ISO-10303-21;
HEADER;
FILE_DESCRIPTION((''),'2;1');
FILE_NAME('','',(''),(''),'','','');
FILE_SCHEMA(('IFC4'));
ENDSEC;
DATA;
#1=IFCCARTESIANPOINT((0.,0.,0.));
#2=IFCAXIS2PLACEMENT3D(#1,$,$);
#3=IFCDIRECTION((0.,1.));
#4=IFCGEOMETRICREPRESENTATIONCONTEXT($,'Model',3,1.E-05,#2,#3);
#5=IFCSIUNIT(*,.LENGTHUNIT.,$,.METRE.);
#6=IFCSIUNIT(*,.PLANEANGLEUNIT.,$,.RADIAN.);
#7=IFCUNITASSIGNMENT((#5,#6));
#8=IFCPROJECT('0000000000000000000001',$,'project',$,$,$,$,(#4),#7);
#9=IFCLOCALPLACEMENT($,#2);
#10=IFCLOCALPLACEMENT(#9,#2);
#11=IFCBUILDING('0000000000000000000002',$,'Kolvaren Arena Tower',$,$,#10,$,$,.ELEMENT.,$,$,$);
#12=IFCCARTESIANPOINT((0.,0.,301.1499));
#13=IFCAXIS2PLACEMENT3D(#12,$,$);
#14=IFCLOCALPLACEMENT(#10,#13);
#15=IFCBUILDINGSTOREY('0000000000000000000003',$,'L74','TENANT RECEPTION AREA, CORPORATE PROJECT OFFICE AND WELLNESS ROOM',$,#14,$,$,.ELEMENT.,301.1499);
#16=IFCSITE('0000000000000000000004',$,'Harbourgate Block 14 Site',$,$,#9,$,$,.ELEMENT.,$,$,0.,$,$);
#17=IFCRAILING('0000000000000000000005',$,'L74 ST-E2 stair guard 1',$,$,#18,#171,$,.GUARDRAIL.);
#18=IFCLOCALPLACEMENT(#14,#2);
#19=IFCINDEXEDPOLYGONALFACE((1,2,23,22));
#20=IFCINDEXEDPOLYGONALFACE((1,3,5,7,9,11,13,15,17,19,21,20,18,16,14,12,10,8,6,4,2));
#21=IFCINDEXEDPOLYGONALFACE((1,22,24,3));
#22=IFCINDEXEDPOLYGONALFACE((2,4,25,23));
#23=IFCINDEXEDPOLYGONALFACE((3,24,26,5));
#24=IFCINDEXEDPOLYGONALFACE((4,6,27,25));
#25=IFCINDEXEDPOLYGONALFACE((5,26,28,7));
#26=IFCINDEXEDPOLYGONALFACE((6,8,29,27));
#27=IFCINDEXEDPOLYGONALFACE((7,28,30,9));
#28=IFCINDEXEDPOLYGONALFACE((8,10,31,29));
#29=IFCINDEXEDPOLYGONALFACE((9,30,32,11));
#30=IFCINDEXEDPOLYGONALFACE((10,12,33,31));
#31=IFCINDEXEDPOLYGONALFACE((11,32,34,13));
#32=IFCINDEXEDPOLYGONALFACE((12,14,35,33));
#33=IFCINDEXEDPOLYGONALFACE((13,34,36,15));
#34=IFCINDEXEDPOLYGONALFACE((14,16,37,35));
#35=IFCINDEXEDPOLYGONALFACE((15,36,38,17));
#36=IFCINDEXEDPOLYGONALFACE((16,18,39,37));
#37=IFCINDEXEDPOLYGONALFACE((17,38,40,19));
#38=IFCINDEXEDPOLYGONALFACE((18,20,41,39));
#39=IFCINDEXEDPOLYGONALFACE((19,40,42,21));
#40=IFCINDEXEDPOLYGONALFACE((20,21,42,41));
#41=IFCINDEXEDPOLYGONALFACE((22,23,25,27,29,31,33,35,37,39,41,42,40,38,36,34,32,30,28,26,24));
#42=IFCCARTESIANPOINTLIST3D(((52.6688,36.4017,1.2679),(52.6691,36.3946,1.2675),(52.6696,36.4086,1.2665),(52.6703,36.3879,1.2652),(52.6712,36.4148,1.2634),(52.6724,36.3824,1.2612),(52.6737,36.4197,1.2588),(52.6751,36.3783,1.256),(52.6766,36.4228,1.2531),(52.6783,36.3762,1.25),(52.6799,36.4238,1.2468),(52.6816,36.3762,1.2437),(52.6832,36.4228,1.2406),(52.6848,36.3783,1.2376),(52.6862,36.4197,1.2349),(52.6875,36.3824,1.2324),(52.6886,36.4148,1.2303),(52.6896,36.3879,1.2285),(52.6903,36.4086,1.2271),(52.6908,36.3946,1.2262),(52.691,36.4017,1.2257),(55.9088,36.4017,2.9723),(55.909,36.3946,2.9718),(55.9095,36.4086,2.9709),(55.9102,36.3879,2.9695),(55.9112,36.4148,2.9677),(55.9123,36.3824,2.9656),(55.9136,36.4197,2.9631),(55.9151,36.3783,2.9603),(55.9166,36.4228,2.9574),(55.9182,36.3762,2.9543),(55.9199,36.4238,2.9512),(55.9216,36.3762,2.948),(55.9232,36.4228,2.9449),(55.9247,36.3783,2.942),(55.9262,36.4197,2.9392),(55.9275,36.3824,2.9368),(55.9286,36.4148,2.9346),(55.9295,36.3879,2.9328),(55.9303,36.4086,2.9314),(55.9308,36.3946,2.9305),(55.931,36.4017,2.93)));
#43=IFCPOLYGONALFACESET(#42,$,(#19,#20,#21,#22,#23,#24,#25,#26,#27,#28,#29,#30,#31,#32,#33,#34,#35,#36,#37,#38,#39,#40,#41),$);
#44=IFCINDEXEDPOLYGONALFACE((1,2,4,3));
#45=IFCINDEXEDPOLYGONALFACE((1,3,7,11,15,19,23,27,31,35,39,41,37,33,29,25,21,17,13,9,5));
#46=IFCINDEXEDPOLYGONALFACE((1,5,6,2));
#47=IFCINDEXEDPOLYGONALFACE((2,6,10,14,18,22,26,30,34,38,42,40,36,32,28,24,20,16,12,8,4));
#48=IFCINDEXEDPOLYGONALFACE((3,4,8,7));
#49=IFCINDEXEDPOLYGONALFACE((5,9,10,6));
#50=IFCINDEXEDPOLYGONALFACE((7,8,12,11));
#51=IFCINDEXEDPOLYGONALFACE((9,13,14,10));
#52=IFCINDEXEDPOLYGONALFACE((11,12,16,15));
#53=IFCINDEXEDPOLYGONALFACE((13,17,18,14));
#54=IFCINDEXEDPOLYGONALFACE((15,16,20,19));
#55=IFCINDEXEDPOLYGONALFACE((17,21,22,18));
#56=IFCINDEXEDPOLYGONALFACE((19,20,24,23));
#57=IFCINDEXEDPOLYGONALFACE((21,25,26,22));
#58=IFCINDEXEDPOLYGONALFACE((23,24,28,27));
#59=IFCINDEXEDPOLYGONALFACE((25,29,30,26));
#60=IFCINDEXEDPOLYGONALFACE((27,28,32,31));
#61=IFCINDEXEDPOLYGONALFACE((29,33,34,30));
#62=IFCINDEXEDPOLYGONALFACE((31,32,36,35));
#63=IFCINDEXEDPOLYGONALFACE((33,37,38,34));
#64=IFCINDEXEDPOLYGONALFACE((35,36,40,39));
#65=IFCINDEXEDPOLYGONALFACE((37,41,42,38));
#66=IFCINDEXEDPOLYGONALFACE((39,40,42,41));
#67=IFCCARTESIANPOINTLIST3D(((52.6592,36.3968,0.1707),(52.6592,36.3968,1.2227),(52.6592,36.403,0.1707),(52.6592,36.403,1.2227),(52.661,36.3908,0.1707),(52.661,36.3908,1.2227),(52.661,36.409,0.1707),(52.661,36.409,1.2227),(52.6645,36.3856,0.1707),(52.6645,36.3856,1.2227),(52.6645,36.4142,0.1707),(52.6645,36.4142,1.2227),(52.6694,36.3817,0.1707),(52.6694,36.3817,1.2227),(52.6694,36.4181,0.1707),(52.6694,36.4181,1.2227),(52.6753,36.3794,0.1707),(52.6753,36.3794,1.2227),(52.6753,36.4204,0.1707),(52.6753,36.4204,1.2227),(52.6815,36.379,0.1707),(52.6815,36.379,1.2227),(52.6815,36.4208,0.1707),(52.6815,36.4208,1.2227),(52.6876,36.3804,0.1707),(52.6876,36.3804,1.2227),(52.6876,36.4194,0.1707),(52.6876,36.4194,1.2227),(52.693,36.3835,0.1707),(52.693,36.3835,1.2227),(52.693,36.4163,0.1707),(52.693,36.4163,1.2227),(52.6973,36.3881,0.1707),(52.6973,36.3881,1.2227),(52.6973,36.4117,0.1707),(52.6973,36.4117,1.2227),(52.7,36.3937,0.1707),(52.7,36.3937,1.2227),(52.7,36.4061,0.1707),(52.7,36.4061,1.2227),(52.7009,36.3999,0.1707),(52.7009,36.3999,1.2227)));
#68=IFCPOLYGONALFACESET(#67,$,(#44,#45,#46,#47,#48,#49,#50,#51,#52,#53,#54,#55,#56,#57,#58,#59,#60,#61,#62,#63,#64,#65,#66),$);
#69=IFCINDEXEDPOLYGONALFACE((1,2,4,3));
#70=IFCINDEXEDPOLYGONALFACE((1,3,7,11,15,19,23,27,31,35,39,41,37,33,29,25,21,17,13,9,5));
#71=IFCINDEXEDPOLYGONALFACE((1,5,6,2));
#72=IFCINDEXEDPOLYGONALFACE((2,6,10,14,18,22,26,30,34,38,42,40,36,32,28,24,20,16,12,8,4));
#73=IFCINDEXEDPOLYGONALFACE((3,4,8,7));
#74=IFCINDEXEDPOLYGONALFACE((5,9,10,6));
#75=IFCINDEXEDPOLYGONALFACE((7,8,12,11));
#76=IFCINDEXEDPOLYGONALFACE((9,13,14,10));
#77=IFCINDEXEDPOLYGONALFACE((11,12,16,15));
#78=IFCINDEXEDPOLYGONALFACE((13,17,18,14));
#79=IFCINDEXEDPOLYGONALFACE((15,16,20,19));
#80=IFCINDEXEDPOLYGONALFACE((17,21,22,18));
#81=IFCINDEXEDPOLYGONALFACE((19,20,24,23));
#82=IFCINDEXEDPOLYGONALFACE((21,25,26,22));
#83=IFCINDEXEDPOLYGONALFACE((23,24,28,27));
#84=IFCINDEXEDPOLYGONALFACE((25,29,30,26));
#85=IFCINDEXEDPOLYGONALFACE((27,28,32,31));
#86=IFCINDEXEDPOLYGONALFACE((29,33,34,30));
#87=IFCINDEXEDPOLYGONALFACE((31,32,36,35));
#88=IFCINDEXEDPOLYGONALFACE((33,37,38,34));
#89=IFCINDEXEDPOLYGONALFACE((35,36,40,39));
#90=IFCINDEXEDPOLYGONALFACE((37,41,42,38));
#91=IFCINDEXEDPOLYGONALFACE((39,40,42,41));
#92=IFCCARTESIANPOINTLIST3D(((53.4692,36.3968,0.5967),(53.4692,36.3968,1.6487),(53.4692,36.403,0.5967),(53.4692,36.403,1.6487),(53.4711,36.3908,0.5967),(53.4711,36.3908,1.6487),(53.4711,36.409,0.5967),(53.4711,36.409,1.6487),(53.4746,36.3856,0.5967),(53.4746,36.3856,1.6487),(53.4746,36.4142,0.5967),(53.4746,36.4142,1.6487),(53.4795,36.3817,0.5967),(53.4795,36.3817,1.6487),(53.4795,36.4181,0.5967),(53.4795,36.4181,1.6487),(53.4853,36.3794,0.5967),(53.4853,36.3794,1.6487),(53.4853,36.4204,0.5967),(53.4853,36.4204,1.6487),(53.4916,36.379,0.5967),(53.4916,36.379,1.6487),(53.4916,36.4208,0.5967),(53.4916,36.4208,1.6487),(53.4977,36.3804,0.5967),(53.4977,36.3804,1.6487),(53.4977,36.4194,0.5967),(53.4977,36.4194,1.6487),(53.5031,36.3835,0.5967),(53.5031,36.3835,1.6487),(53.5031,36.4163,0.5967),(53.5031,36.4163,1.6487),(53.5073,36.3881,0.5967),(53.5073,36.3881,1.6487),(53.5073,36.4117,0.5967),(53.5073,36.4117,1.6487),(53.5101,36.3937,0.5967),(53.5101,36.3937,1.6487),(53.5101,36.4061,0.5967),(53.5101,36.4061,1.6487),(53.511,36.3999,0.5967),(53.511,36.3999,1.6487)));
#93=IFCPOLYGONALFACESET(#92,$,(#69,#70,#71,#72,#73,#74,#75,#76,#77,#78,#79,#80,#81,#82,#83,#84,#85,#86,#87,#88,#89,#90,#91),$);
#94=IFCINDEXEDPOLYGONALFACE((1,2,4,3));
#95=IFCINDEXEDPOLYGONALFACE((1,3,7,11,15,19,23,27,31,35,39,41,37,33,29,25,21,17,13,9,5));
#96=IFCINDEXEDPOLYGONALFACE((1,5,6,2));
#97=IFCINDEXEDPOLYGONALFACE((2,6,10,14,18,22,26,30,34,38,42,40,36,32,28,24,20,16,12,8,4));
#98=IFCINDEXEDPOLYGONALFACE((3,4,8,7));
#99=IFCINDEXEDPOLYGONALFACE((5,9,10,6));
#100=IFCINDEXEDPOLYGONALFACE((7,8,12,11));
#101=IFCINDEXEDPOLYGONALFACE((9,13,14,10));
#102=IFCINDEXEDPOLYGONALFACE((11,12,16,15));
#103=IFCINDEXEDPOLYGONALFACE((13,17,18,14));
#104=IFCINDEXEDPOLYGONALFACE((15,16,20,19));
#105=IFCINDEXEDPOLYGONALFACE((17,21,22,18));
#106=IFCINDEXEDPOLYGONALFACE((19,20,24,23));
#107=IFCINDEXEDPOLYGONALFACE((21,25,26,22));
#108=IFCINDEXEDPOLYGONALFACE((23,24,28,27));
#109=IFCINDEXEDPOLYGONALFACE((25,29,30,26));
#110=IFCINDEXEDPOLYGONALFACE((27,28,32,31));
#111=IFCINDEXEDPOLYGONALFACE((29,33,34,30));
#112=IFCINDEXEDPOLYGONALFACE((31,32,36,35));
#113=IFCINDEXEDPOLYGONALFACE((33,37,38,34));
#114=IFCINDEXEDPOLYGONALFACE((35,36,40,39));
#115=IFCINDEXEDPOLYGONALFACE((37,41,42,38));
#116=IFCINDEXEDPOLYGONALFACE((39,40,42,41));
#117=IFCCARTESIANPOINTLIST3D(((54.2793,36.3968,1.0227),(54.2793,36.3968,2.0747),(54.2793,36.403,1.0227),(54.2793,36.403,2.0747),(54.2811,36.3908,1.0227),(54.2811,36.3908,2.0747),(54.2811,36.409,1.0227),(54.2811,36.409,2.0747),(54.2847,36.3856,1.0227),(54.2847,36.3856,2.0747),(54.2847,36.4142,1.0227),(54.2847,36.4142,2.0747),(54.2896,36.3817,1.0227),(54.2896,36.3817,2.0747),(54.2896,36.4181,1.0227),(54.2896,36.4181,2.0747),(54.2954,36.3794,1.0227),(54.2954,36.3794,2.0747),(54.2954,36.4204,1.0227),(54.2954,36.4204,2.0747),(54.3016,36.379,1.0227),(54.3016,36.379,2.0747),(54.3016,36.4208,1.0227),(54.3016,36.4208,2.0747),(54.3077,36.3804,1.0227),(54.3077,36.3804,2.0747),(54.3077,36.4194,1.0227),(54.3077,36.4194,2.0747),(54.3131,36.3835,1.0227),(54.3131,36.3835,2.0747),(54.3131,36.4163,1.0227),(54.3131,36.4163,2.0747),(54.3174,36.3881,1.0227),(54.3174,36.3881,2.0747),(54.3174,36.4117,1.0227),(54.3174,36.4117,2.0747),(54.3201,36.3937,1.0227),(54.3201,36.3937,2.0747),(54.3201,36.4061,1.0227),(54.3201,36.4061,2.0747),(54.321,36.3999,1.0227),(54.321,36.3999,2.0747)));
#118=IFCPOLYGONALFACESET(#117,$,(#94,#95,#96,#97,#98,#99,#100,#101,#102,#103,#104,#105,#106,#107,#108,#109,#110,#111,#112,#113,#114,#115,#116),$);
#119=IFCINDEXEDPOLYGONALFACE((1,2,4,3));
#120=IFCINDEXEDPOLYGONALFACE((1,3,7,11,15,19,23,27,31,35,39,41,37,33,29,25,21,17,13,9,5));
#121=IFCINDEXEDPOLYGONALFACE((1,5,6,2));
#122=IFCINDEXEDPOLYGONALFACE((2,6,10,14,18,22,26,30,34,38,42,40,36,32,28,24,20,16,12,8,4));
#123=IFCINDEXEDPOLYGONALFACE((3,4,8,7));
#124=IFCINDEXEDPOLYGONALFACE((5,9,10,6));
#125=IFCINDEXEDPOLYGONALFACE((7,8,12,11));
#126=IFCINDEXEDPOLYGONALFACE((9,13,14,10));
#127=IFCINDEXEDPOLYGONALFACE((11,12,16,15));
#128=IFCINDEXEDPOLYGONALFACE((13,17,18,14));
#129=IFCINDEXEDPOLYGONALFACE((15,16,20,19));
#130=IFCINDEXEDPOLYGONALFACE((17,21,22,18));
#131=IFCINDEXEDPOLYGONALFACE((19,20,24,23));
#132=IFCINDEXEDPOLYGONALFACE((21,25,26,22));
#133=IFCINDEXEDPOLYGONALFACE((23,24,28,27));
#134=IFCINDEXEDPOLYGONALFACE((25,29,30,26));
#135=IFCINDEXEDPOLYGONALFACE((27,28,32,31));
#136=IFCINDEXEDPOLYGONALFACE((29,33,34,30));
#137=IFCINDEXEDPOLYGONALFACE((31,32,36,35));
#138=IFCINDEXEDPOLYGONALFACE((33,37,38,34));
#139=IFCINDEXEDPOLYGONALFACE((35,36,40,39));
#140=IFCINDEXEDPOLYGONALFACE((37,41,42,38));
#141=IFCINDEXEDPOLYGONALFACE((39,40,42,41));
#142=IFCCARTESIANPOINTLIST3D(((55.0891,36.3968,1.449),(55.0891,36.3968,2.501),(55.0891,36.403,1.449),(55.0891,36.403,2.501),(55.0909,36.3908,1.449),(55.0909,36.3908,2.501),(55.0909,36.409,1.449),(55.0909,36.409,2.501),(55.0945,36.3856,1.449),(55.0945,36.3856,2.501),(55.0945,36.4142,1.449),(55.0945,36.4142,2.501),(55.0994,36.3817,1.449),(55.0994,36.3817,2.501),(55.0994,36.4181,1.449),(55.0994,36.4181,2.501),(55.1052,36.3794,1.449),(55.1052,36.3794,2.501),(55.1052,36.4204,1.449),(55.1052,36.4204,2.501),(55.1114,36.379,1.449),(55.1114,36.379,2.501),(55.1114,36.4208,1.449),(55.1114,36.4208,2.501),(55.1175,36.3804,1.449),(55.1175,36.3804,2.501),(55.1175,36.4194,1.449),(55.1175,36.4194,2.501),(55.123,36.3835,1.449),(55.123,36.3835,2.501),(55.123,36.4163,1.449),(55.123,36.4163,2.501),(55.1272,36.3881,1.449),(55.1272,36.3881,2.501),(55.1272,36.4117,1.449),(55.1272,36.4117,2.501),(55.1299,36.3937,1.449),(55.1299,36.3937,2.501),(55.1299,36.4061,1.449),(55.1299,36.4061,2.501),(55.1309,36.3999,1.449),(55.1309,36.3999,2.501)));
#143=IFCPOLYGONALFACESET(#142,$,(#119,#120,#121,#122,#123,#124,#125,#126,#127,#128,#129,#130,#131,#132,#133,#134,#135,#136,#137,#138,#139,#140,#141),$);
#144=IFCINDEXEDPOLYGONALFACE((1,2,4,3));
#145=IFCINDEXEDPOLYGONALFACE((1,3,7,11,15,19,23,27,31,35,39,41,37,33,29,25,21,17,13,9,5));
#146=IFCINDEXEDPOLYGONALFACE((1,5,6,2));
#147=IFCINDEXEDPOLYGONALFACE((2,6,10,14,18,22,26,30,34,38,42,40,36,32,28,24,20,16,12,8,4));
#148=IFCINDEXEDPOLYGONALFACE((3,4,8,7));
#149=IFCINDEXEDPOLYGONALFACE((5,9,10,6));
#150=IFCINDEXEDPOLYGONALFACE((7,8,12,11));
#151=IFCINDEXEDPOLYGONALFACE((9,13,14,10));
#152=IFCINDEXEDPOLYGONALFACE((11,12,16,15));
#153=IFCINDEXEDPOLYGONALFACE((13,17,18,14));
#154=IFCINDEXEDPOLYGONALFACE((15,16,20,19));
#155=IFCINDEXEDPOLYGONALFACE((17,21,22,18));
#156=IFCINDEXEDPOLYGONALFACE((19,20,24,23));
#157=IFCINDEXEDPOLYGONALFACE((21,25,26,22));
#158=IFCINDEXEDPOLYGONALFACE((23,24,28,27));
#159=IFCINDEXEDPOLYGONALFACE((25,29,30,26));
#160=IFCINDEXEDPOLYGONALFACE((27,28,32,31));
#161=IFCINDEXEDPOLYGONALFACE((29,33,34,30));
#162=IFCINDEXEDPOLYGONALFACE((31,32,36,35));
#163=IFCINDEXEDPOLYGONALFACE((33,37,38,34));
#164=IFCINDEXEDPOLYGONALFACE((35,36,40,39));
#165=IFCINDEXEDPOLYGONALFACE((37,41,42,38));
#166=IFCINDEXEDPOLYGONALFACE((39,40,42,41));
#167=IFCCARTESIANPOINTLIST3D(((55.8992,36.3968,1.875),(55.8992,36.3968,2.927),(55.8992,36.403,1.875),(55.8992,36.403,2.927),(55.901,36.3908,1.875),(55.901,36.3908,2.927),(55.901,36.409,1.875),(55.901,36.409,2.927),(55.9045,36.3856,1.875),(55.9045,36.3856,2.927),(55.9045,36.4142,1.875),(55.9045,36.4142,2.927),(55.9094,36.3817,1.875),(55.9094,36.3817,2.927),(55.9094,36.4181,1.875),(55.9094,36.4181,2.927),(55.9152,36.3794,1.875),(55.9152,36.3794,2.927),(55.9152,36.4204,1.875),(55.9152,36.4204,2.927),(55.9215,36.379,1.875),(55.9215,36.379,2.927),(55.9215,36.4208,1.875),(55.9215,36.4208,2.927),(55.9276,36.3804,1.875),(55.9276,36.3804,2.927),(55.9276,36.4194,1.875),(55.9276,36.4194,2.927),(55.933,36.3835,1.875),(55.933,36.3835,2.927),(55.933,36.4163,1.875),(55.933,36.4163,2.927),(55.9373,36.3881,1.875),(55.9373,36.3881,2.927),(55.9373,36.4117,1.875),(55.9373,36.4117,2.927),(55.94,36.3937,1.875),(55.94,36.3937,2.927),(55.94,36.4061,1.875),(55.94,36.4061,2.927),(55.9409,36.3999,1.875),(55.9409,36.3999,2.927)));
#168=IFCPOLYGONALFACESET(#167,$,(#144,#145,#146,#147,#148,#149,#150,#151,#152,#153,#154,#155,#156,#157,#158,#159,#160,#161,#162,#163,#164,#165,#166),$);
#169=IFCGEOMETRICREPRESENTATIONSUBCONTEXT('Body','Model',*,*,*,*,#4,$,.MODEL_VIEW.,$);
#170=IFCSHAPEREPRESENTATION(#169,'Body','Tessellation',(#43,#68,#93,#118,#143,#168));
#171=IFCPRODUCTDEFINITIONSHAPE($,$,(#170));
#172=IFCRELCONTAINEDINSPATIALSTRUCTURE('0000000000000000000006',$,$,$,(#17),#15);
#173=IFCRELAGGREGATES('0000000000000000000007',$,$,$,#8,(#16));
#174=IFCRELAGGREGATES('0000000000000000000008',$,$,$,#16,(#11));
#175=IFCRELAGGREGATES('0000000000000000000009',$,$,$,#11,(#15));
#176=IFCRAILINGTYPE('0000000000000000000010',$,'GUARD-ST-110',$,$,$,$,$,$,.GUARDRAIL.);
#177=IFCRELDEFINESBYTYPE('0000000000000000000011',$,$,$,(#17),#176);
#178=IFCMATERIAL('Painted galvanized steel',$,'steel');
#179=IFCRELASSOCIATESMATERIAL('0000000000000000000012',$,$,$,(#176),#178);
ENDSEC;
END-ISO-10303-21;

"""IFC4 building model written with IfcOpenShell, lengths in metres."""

from ifc_helpers import new_model, si_unit, direction, frame, origin, origin_2d, place, context, subcontext, project, spatial, circle, extrude, material, type_object, element, save


model = new_model("IFC4")

# Units and contexts
model_context = context("Model", 3, precision=1e-05, world=origin(), true_north=direction((0.0, 1.0)))
body_context = subcontext(model_context, "Body", "Model", "MODEL_VIEW")
ifc_project = project(units=[si_unit("LENGTHUNIT", "METRE"), si_unit("PLANEANGLEUNIT", "RADIAN")], contexts=[model_context])

# Site, building, storey
site_placement = place(None, origin())
site = spatial("IfcSite", under=ifc_project, at=site_placement, Name="Harbourgate Block 14 Site", CompositionType="ELEMENT", RefElevation=0.0)
building_placement = place(site_placement, origin())
building = spatial("IfcBuilding", under=site, at=building_placement, Name="Kolvaren Arena Tower", CompositionType="ELEMENT")
storey_placement = place(building_placement, frame((0.0, 0.0, 301.1499)))
storey = spatial("IfcBuildingStorey", under=building, at=storey_placement, Name="L74", Description="TENANT RECEPTION AREA, CORPORATE PROJECT OFFICE AND WELLNESS ROOM", CompositionType="ELEMENT", Elevation=301.1499)

# Railing
ifc_material_1 = material(Name="Painted galvanized steel", Category="steel")
railing_type_1 = type_object("IfcRailingType", Name="GUARD-ST-110", PredefinedType="GUARDRAIL", material=ifc_material_1)
railing_1_placement = place(storey_placement, frame((52.6799, 36.3999, 0.1707)))
element("IfcRailing", 1, at=railing_1_placement, inside=storey, type_object=railing_type_1, Name="L74 ST-E2 stair guard 1", PredefinedType="GUARDRAIL", context=body_context, shape_type="SweptSolid", body=[
    extrude(circle(Radius=0.0239, at=origin_2d()), frame((0.0, 0.0, 1.0762), z_axis=(0.885021, 0.0, 0.465551), x_axis=(0.0, 1.0, 0.0)), (0.0, 0.0, 1.0), 3.6609),
    extrude(circle(Radius=0.021, at=origin_2d()), origin(), (0.0, 0.0, 1.0), 1.052),
    extrude(circle(Radius=0.021, at=origin_2d()), frame((0.8101, 0.0, 0.426)), (0.0, 0.0, 1.0), 1.052),
    extrude(circle(Radius=0.021, at=origin_2d()), frame((1.6201, 0.0, 0.8521)), (0.0, 0.0, 1.0), 1.052),
    extrude(circle(Radius=0.021, at=origin_2d()), frame((2.4299, 0.0, 1.2783)), (0.0, 0.0, 1.0), 1.052),
    extrude(circle(Radius=0.021, at=origin_2d()), frame((3.24, 0.0, 1.7043)), (0.0, 0.0, 1.0), 1.052),
])

save(model, "model.ifc")
